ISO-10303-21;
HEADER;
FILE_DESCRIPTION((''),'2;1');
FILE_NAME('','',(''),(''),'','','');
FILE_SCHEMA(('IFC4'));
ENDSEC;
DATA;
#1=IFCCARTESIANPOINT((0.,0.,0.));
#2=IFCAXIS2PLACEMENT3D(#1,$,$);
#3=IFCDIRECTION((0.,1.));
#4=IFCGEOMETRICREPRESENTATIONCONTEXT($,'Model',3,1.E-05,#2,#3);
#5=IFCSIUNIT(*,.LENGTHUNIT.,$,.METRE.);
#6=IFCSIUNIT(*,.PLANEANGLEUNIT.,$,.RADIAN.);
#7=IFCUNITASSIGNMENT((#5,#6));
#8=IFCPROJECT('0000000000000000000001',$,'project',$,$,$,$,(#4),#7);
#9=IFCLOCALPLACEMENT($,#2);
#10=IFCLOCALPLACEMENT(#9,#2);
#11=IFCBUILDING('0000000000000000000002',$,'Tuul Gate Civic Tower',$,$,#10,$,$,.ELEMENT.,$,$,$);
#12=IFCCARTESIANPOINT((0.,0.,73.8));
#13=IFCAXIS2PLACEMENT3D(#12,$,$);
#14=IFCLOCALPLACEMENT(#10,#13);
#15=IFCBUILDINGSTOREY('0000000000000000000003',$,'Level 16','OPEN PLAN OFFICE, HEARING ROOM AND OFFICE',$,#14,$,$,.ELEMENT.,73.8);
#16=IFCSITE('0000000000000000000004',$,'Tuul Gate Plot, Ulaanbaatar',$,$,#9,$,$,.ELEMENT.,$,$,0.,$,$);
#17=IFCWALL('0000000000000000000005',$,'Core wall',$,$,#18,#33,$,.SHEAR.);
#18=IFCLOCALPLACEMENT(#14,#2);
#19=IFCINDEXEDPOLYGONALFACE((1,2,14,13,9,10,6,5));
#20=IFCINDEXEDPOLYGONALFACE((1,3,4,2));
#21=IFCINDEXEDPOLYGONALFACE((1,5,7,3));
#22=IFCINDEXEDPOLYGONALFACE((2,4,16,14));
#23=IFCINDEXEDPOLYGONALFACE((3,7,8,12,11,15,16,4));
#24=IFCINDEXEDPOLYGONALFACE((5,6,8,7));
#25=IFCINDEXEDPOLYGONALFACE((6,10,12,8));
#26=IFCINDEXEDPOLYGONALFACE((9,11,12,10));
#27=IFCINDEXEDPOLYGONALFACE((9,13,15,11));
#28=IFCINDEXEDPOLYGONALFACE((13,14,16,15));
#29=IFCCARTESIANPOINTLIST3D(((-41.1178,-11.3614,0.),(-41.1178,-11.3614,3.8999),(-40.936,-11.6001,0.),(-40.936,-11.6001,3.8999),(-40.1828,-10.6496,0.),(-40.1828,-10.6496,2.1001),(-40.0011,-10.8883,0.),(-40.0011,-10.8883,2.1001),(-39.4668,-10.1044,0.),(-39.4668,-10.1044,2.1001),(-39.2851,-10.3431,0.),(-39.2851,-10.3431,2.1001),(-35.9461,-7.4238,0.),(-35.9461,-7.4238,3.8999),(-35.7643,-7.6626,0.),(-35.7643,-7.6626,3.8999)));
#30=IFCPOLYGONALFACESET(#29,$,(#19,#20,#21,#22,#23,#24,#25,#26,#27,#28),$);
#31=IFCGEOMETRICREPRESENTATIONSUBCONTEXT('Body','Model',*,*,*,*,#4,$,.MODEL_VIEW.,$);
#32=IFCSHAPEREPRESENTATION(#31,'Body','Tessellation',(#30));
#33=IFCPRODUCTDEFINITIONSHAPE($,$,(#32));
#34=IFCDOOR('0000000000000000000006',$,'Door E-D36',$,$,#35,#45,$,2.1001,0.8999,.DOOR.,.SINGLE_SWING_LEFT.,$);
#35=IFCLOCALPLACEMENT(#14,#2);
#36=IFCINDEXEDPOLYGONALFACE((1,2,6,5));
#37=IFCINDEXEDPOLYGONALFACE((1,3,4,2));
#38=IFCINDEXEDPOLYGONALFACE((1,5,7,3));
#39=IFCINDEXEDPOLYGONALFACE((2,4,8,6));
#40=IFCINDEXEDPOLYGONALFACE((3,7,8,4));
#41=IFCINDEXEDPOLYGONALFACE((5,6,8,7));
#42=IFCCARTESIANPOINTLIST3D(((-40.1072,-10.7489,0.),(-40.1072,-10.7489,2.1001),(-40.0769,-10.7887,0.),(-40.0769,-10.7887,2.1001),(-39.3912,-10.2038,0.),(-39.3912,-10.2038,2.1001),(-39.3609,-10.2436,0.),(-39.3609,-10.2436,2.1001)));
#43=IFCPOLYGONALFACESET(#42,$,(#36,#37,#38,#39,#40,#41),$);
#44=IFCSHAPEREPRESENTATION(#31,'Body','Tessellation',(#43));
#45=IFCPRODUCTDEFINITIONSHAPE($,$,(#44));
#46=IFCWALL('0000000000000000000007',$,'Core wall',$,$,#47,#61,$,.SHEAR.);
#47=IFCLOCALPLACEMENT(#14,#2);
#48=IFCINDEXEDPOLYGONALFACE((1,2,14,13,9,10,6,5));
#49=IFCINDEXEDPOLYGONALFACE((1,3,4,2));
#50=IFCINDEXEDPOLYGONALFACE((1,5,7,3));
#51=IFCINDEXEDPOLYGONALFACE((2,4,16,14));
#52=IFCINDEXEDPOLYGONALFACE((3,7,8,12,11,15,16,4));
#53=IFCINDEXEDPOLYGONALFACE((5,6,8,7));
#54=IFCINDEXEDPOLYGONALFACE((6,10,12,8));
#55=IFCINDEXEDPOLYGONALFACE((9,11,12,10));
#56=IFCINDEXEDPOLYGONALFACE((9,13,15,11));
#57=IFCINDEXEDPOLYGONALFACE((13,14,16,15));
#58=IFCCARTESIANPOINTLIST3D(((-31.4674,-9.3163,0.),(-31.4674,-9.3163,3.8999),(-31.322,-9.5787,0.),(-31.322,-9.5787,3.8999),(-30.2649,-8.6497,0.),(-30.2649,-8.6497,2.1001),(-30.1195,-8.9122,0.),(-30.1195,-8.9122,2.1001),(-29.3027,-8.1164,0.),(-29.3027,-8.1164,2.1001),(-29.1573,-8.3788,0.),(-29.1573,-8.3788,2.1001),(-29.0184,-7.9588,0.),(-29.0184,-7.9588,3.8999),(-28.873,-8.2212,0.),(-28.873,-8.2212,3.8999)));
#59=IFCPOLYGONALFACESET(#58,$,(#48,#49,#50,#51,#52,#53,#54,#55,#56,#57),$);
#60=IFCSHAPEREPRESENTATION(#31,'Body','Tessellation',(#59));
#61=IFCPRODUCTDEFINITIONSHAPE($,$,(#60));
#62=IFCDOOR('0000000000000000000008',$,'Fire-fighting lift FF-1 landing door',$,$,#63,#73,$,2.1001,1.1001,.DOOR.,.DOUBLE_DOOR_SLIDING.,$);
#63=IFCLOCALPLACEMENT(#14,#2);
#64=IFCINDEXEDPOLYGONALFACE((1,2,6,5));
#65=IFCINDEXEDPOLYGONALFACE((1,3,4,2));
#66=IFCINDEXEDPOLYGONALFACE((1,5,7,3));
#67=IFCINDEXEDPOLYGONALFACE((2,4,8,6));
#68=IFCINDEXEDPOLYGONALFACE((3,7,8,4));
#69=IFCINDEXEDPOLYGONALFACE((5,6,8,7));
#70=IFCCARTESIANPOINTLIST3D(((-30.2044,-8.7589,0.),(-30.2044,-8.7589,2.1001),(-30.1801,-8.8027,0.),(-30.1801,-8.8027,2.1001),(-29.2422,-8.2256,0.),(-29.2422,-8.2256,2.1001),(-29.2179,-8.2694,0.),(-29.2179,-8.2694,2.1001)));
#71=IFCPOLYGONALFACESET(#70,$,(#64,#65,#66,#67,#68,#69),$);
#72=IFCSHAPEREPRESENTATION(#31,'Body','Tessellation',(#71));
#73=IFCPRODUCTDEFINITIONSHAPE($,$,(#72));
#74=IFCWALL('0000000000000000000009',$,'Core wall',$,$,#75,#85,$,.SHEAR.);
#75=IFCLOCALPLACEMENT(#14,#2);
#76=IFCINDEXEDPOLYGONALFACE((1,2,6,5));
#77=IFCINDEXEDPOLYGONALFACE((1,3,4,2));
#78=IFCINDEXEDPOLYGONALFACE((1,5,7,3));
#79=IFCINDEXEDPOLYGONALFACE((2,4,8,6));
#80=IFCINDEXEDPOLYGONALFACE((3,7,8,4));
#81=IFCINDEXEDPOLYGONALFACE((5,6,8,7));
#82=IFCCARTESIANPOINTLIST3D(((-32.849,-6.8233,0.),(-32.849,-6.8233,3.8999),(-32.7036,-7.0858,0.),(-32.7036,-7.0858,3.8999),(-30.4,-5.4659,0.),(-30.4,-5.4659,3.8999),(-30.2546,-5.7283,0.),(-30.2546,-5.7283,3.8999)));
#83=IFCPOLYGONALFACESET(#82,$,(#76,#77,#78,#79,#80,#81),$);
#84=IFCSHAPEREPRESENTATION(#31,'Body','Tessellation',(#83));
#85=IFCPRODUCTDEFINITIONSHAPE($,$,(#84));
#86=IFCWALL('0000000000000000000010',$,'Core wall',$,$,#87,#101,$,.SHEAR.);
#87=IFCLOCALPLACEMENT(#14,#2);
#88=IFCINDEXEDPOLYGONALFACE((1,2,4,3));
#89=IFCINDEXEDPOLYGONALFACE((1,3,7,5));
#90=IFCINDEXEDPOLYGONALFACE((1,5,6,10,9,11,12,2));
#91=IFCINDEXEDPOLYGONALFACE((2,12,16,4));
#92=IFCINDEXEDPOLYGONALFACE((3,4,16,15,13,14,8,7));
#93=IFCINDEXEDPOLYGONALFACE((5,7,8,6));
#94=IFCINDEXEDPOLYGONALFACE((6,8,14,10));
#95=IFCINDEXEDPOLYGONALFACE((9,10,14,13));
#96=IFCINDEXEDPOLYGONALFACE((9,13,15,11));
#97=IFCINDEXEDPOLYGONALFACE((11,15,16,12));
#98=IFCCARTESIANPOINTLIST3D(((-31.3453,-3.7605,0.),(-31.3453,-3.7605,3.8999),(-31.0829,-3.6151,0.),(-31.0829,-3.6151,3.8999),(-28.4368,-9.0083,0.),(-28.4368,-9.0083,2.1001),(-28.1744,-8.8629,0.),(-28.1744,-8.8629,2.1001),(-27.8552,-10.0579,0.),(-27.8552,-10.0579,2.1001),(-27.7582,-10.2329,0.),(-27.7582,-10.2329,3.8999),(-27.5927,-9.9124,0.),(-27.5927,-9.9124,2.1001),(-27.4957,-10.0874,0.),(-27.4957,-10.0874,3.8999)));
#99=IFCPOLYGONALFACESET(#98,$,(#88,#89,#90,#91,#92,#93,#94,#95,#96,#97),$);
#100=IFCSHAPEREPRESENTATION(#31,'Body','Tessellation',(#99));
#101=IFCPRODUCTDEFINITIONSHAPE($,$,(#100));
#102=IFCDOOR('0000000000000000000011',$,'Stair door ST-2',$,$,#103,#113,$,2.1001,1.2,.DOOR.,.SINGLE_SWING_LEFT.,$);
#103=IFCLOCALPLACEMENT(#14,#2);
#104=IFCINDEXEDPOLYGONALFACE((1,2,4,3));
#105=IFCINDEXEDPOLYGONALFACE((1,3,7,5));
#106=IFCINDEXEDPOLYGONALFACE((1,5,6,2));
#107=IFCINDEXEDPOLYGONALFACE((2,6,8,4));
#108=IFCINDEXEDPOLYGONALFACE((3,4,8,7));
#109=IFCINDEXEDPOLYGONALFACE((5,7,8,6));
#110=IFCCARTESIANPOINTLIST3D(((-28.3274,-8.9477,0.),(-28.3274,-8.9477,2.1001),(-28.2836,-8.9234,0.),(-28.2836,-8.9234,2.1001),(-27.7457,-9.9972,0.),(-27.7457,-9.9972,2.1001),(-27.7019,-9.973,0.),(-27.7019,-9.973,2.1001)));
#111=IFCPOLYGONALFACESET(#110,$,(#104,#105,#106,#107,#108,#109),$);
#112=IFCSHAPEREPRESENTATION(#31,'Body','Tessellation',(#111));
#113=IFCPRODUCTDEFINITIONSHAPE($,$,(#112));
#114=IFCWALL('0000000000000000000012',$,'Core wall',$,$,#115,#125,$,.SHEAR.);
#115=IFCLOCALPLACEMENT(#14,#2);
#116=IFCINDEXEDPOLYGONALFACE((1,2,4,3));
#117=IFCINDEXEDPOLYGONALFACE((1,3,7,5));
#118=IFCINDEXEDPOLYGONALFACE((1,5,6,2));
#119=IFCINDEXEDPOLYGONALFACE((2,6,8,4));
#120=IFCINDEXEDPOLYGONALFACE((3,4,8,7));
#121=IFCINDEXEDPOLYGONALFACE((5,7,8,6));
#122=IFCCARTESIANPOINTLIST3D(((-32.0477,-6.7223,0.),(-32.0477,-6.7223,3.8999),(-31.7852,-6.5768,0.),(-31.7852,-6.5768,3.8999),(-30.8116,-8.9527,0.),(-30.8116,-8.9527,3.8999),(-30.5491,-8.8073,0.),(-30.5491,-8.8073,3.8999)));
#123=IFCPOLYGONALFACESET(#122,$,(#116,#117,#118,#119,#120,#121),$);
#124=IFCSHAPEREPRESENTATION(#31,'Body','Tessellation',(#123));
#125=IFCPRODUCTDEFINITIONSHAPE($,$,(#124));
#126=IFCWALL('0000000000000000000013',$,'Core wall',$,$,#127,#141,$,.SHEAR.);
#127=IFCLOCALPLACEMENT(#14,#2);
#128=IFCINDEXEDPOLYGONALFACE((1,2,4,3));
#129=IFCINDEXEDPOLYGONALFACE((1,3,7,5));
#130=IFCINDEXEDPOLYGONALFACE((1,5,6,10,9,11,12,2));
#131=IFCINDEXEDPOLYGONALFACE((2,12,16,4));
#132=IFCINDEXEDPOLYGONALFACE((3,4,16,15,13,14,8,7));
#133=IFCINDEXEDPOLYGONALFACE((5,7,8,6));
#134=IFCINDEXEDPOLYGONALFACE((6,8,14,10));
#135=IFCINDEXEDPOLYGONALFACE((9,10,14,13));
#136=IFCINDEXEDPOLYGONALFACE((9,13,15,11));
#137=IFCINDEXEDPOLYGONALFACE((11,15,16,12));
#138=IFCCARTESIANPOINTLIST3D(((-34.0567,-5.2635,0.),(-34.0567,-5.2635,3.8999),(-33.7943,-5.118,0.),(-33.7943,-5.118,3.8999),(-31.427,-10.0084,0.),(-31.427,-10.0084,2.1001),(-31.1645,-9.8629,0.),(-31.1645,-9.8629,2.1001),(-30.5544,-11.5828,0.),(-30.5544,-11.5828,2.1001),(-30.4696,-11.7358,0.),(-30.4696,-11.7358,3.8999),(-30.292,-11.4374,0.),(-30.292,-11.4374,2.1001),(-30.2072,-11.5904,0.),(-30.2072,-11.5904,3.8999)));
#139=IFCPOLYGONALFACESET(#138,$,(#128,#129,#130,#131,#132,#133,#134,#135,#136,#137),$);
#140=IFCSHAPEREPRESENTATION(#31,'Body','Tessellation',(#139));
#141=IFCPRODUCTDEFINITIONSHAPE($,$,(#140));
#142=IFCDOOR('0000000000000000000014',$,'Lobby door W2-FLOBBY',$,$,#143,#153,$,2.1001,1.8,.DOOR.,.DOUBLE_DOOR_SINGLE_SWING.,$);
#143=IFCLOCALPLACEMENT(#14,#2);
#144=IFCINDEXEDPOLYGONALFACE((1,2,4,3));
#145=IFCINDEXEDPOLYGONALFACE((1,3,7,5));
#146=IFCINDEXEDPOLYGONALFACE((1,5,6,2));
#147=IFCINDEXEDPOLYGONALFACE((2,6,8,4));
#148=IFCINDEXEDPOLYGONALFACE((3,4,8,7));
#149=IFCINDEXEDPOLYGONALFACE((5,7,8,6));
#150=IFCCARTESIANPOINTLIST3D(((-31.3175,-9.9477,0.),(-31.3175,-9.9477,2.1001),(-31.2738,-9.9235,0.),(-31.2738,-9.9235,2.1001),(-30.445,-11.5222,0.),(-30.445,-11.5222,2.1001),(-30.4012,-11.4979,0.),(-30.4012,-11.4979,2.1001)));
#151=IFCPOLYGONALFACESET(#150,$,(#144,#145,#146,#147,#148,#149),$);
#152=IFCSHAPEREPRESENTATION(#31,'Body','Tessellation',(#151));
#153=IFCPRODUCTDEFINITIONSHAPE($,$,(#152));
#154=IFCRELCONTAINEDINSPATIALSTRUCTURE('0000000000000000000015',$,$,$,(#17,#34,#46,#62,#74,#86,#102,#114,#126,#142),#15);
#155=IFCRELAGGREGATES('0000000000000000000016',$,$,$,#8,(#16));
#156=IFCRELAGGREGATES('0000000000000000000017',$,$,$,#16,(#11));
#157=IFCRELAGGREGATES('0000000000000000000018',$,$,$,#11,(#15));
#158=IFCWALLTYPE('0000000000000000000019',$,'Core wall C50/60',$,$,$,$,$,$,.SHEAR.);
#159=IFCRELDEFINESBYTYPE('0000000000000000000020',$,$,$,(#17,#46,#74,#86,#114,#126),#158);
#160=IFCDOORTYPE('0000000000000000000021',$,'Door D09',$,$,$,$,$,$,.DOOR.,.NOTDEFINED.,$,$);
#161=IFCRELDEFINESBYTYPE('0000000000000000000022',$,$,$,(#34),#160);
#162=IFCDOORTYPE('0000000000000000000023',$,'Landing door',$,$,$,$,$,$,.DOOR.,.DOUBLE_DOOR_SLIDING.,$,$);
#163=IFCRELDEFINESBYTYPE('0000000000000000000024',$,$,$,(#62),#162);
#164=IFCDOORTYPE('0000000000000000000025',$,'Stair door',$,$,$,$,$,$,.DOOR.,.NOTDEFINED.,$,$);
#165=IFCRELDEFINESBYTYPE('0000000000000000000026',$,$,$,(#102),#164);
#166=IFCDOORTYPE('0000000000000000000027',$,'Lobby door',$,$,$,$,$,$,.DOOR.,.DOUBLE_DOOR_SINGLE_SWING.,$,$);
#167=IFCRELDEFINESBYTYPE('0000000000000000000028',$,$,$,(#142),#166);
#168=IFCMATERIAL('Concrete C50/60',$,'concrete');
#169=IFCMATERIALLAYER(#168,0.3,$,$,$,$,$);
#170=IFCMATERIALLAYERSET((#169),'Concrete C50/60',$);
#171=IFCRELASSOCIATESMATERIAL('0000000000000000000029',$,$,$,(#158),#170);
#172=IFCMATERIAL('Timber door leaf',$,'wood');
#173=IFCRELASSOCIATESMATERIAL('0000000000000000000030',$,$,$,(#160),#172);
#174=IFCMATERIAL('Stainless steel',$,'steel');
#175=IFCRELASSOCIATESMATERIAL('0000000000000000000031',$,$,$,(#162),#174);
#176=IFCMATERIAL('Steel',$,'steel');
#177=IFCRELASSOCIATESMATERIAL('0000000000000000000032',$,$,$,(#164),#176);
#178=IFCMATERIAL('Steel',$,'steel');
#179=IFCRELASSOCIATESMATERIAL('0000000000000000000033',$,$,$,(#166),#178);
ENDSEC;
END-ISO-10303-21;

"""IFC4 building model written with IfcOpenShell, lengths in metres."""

from ifc_helpers import new_model, si_unit, direction, frame, frame_2d, origin, place, context, subcontext, project, spatial, rectangle, extrude, material, layer, layer_set, type_object, element, fill, save


model = new_model("IFC4")

# Units and contexts
model_context = context("Model", 3, precision=1e-05, world=origin(), true_north=direction((0.0, 1.0)))
body_context = subcontext(model_context, "Body", "Model", "MODEL_VIEW")
ifc_project = project(units=[si_unit("LENGTHUNIT", "METRE"), si_unit("PLANEANGLEUNIT", "RADIAN")], contexts=[model_context])

# Site, building, storey
site_placement = place(None, origin())
site = spatial("IfcSite", under=ifc_project, at=site_placement, Name="Tuul Gate Plot, Ulaanbaatar", CompositionType="ELEMENT", RefElevation=0.0)
building_placement = place(site_placement, origin())
building = spatial("IfcBuilding", under=site, at=building_placement, Name="Tuul Gate Civic Tower", CompositionType="ELEMENT")
storey_placement = place(building_placement, frame((0.0, 0.0, 73.8)))
storey = spatial("IfcBuildingStorey", under=building, at=storey_placement, Name="Level 16", Description="OPEN PLAN OFFICE, HEARING ROOM AND OFFICE", CompositionType="ELEMENT", Elevation=73.8)

# Walls, openings, doors
ifc_material_1 = material(Name="Concrete C50/60", Category="concrete")
ifc_layer = layer(ifc_material_1, 0.3)
ifc_layer_set = layer_set([ifc_layer], Name="Concrete C50/60")
wall_type = type_object("IfcWallType", Name="Core wall C50/60", PredefinedType="SHEAR", material=ifc_layer_set)
wall_1_placement = place(storey_placement, frame((-35.8552, -7.5432, 0.0), z_axis=(0.0, 0.0, 1.0), x_axis=(-0.795639, -0.605772, 0.0)))
wall_1 = element("IfcWall", 1, at=wall_1_placement, inside=storey, type_object=wall_type, Name="Core wall", PredefinedType="SHEAR", context=body_context, shape_type="SweptSolid", body=[
    extrude(rectangle(XDim=6.5, YDim=0.3, at=frame_2d((3.25, 0.0))), origin(), (0.0, 0.0, 1.0), 3.8999),
])
opening_1_placement = place(wall_1_placement, frame((4.425, 0.0, 0.0)))
opening_1 = element("IfcOpeningElement", 2, at=opening_1_placement, cuts=wall_1, PredefinedType="OPENING", context=body_context, shape_type="SweptSolid", body=[
    extrude(rectangle(XDim=0.8999, YDim=2.1001, at=frame_2d((0.45, 1.05))), frame((0.0, 0.1602, 0.0), z_axis=(0.0, -1.0, 0.0), x_axis=(1.0, 0.0, 0.0)), (0.0, 0.0, 1.0), 0.3201),
])
ifc_material_2 = material(Name="Timber door leaf", Category="wood")
door_type_1 = type_object("IfcDoorType", Name="Door D09", OperationType="NOTDEFINED", PredefinedType="DOOR", material=ifc_material_2)
door_1_placement = place(opening_1_placement, origin())
door_1 = element("IfcDoor", 3, at=door_1_placement, inside=storey, type_object=door_type_1, Name="Door E-D36", OperationType="SINGLE_SWING_LEFT", OverallHeight=2.1001, OverallWidth=0.8999, PredefinedType="DOOR", context=body_context, shape_type="SweptSolid", body=[
    extrude(rectangle(XDim=0.8999, YDim=2.1001, at=frame_2d((0.45, 1.05))), frame((0.0, 0.0249, 0.0), z_axis=(0.0, -1.0, 0.0), x_axis=(1.0, 0.0, 0.0)), (0.0, 0.0, 1.0), 0.05),
])
fill(opening_1, door_1)
wall_2_placement = place(storey_placement, frame((-28.9458, -8.0901, 0.0), z_axis=(0.0, 0.0, 1.0), x_axis=(-0.87463, -0.484791, 0.0)))
wall_2 = element("IfcWall", 4, at=wall_2_placement, inside=storey, type_object=wall_type, Name="Core wall", PredefinedType="SHEAR", context=body_context, shape_type="SweptSolid", body=[
    extrude(rectangle(XDim=2.8, YDim=0.3, at=frame_2d((1.3999, 0.0))), origin(), (0.0, 0.0, 1.0), 3.8999),
])
opening_2_placement = place(wall_2_placement, frame((0.325, 0.0, 0.0)))
opening_2 = element("IfcOpeningElement", 5, at=opening_2_placement, cuts=wall_2, PredefinedType="OPENING", context=body_context, shape_type="SweptSolid", body=[
    extrude(rectangle(XDim=1.1001, YDim=2.1001, at=frame_2d((0.55, 1.05))), frame((0.0, 0.1602, 0.0), z_axis=(0.0, -1.0, 0.0), x_axis=(1.0, 0.0, 0.0)), (0.0, 0.0, 1.0), 0.3201),
])
ifc_material_3 = material(Name="Stainless steel", Category="steel")
door_type_2 = type_object("IfcDoorType", Name="Landing door", OperationType="DOUBLE_DOOR_SLIDING", PredefinedType="DOOR", material=ifc_material_3)
door_2_placement = place(opening_2_placement, origin())
door_2 = element("IfcDoor", 6, at=door_2_placement, inside=storey, type_object=door_type_2, Name="Fire-fighting lift FF-1 landing door", OperationType="DOUBLE_DOOR_SLIDING", OverallHeight=2.1001, OverallWidth=1.1001, PredefinedType="DOOR", context=body_context, shape_type="SweptSolid", body=[
    extrude(rectangle(XDim=1.1001, YDim=2.1001, at=frame_2d((0.55, 1.05))), frame((0.0, 0.0249, 0.0), z_axis=(0.0, -1.0, 0.0), x_axis=(1.0, 0.0, 0.0)), (0.0, 0.0, 1.0), 0.05),
])
fill(opening_2, door_2)

# Wall
wall_3_placement = place(storey_placement, frame((-30.3274, -5.5972, 0.0), z_axis=(0.0, 0.0, 1.0), x_axis=(-0.87463, -0.484791, 0.0)))
element("IfcWall", 7, at=wall_3_placement, inside=storey, type_object=wall_type, Name="Core wall", PredefinedType="SHEAR", context=body_context, shape_type="SweptSolid", body=[
    extrude(rectangle(XDim=2.8, YDim=0.3, at=frame_2d((1.3999, 0.0))), origin(), (0.0, 0.0, 1.0), 3.8999),
])

# Wall, opening, door
wall_4_placement = place(storey_placement, frame((-27.627, -10.1602, 0.0), z_axis=(0.0, 0.0, 1.0), x_axis=(-0.484752, 0.874652, 0.0)))
wall_4 = element("IfcWall", 8, at=wall_4_placement, inside=storey, type_object=wall_type, Name="Core wall", PredefinedType="SHEAR", context=body_context, shape_type="SweptSolid", body=[
    extrude(rectangle(XDim=7.3999, YDim=0.3, at=frame_2d((3.7, 0.0))), origin(), (0.0, 0.0, 1.0), 3.8999),
])
opening_3_placement = place(wall_4_placement, frame((0.2, 0.0, 0.0)))
opening_3 = element("IfcOpeningElement", 9, at=opening_3_placement, cuts=wall_4, PredefinedType="OPENING", context=body_context, shape_type="SweptSolid", body=[
    extrude(rectangle(XDim=1.2, YDim=2.1001, at=frame_2d((0.6001, 1.05))), frame((0.0, 0.1602, 0.0), z_axis=(0.0, -1.0, 0.0), x_axis=(1.0, 0.0, 0.0)), (0.0, 0.0, 1.0), 0.3201),
])
ifc_material_4 = material(Name="Steel", Category="steel")
door_type_3 = type_object("IfcDoorType", Name="Stair door", OperationType="NOTDEFINED", PredefinedType="DOOR", material=ifc_material_4)
door_3_placement = place(opening_3_placement, origin())
door_3 = element("IfcDoor", 10, at=door_3_placement, inside=storey, type_object=door_type_3, Name="Stair door ST-2", OperationType="SINGLE_SWING_LEFT", OverallHeight=2.1001, OverallWidth=1.2, PredefinedType="DOOR", context=body_context, shape_type="SweptSolid", body=[
    extrude(rectangle(XDim=1.2, YDim=2.1001, at=frame_2d((0.6001, 1.05))), frame((0.0, 0.0249, 0.0), z_axis=(0.0, -1.0, 0.0), x_axis=(1.0, 0.0, 0.0)), (0.0, 0.0, 1.0), 0.05),
])
fill(opening_3, door_3)

# Wall
wall_5_placement = place(storey_placement, frame((-30.6804, -8.8799, 0.0), z_axis=(0.0, 0.0, 1.0), x_axis=(-0.484724, 0.874667, 0.0)))
element("IfcWall", 11, at=wall_5_placement, inside=storey, type_object=wall_type, Name="Core wall", PredefinedType="SHEAR", context=body_context, shape_type="SweptSolid", body=[
    extrude(rectangle(XDim=2.55, YDim=0.3, at=frame_2d((1.2749, 0.0))), origin(), (0.0, 0.0, 1.0), 3.8999),
])

# Wall, opening, door
wall_6_placement = place(storey_placement, frame((-30.3384, -11.6631, 0.0), z_axis=(0.0, 0.0, 1.0), x_axis=(-0.484752, 0.874652, 0.0)))
wall_6 = element("IfcWall", 12, at=wall_6_placement, inside=storey, type_object=wall_type, Name="Core wall", PredefinedType="SHEAR", context=body_context, shape_type="SweptSolid", body=[
    extrude(rectangle(XDim=7.3999, YDim=0.3, at=frame_2d((3.7, 0.0))), origin(), (0.0, 0.0, 1.0), 3.8999),
])
opening_4_placement = place(wall_6_placement, frame((0.175, 0.0, 0.0)))
opening_4 = element("IfcOpeningElement", 13, at=opening_4_placement, cuts=wall_6, PredefinedType="OPENING", context=body_context, shape_type="SweptSolid", body=[
    extrude(rectangle(XDim=1.8, YDim=2.1001, at=frame_2d((0.8999, 1.05))), frame((0.0, 0.1602, 0.0), z_axis=(0.0, -1.0, 0.0), x_axis=(1.0, 0.0, 0.0)), (0.0, 0.0, 1.0), 0.3201),
])
ifc_material_5 = material(Name="Steel", Category="steel")
door_type_4 = type_object("IfcDoorType", Name="Lobby door", OperationType="DOUBLE_DOOR_SINGLE_SWING", PredefinedType="DOOR", material=ifc_material_5)
door_4_placement = place(opening_4_placement, origin())
door_4 = element("IfcDoor", 14, at=door_4_placement, inside=storey, type_object=door_type_4, Name="Lobby door W2-FLOBBY", OperationType="DOUBLE_DOOR_SINGLE_SWING", OverallHeight=2.1001, OverallWidth=1.8, PredefinedType="DOOR", context=body_context, shape_type="SweptSolid", body=[
    extrude(rectangle(XDim=1.8, YDim=2.1001, at=frame_2d((0.8999, 1.05))), frame((0.0, 0.0249, 0.0), z_axis=(0.0, -1.0, 0.0), x_axis=(1.0, 0.0, 0.0)), (0.0, 0.0, 1.0), 0.05),
])
fill(opening_4, door_4)

save(model, "model.ifc")
